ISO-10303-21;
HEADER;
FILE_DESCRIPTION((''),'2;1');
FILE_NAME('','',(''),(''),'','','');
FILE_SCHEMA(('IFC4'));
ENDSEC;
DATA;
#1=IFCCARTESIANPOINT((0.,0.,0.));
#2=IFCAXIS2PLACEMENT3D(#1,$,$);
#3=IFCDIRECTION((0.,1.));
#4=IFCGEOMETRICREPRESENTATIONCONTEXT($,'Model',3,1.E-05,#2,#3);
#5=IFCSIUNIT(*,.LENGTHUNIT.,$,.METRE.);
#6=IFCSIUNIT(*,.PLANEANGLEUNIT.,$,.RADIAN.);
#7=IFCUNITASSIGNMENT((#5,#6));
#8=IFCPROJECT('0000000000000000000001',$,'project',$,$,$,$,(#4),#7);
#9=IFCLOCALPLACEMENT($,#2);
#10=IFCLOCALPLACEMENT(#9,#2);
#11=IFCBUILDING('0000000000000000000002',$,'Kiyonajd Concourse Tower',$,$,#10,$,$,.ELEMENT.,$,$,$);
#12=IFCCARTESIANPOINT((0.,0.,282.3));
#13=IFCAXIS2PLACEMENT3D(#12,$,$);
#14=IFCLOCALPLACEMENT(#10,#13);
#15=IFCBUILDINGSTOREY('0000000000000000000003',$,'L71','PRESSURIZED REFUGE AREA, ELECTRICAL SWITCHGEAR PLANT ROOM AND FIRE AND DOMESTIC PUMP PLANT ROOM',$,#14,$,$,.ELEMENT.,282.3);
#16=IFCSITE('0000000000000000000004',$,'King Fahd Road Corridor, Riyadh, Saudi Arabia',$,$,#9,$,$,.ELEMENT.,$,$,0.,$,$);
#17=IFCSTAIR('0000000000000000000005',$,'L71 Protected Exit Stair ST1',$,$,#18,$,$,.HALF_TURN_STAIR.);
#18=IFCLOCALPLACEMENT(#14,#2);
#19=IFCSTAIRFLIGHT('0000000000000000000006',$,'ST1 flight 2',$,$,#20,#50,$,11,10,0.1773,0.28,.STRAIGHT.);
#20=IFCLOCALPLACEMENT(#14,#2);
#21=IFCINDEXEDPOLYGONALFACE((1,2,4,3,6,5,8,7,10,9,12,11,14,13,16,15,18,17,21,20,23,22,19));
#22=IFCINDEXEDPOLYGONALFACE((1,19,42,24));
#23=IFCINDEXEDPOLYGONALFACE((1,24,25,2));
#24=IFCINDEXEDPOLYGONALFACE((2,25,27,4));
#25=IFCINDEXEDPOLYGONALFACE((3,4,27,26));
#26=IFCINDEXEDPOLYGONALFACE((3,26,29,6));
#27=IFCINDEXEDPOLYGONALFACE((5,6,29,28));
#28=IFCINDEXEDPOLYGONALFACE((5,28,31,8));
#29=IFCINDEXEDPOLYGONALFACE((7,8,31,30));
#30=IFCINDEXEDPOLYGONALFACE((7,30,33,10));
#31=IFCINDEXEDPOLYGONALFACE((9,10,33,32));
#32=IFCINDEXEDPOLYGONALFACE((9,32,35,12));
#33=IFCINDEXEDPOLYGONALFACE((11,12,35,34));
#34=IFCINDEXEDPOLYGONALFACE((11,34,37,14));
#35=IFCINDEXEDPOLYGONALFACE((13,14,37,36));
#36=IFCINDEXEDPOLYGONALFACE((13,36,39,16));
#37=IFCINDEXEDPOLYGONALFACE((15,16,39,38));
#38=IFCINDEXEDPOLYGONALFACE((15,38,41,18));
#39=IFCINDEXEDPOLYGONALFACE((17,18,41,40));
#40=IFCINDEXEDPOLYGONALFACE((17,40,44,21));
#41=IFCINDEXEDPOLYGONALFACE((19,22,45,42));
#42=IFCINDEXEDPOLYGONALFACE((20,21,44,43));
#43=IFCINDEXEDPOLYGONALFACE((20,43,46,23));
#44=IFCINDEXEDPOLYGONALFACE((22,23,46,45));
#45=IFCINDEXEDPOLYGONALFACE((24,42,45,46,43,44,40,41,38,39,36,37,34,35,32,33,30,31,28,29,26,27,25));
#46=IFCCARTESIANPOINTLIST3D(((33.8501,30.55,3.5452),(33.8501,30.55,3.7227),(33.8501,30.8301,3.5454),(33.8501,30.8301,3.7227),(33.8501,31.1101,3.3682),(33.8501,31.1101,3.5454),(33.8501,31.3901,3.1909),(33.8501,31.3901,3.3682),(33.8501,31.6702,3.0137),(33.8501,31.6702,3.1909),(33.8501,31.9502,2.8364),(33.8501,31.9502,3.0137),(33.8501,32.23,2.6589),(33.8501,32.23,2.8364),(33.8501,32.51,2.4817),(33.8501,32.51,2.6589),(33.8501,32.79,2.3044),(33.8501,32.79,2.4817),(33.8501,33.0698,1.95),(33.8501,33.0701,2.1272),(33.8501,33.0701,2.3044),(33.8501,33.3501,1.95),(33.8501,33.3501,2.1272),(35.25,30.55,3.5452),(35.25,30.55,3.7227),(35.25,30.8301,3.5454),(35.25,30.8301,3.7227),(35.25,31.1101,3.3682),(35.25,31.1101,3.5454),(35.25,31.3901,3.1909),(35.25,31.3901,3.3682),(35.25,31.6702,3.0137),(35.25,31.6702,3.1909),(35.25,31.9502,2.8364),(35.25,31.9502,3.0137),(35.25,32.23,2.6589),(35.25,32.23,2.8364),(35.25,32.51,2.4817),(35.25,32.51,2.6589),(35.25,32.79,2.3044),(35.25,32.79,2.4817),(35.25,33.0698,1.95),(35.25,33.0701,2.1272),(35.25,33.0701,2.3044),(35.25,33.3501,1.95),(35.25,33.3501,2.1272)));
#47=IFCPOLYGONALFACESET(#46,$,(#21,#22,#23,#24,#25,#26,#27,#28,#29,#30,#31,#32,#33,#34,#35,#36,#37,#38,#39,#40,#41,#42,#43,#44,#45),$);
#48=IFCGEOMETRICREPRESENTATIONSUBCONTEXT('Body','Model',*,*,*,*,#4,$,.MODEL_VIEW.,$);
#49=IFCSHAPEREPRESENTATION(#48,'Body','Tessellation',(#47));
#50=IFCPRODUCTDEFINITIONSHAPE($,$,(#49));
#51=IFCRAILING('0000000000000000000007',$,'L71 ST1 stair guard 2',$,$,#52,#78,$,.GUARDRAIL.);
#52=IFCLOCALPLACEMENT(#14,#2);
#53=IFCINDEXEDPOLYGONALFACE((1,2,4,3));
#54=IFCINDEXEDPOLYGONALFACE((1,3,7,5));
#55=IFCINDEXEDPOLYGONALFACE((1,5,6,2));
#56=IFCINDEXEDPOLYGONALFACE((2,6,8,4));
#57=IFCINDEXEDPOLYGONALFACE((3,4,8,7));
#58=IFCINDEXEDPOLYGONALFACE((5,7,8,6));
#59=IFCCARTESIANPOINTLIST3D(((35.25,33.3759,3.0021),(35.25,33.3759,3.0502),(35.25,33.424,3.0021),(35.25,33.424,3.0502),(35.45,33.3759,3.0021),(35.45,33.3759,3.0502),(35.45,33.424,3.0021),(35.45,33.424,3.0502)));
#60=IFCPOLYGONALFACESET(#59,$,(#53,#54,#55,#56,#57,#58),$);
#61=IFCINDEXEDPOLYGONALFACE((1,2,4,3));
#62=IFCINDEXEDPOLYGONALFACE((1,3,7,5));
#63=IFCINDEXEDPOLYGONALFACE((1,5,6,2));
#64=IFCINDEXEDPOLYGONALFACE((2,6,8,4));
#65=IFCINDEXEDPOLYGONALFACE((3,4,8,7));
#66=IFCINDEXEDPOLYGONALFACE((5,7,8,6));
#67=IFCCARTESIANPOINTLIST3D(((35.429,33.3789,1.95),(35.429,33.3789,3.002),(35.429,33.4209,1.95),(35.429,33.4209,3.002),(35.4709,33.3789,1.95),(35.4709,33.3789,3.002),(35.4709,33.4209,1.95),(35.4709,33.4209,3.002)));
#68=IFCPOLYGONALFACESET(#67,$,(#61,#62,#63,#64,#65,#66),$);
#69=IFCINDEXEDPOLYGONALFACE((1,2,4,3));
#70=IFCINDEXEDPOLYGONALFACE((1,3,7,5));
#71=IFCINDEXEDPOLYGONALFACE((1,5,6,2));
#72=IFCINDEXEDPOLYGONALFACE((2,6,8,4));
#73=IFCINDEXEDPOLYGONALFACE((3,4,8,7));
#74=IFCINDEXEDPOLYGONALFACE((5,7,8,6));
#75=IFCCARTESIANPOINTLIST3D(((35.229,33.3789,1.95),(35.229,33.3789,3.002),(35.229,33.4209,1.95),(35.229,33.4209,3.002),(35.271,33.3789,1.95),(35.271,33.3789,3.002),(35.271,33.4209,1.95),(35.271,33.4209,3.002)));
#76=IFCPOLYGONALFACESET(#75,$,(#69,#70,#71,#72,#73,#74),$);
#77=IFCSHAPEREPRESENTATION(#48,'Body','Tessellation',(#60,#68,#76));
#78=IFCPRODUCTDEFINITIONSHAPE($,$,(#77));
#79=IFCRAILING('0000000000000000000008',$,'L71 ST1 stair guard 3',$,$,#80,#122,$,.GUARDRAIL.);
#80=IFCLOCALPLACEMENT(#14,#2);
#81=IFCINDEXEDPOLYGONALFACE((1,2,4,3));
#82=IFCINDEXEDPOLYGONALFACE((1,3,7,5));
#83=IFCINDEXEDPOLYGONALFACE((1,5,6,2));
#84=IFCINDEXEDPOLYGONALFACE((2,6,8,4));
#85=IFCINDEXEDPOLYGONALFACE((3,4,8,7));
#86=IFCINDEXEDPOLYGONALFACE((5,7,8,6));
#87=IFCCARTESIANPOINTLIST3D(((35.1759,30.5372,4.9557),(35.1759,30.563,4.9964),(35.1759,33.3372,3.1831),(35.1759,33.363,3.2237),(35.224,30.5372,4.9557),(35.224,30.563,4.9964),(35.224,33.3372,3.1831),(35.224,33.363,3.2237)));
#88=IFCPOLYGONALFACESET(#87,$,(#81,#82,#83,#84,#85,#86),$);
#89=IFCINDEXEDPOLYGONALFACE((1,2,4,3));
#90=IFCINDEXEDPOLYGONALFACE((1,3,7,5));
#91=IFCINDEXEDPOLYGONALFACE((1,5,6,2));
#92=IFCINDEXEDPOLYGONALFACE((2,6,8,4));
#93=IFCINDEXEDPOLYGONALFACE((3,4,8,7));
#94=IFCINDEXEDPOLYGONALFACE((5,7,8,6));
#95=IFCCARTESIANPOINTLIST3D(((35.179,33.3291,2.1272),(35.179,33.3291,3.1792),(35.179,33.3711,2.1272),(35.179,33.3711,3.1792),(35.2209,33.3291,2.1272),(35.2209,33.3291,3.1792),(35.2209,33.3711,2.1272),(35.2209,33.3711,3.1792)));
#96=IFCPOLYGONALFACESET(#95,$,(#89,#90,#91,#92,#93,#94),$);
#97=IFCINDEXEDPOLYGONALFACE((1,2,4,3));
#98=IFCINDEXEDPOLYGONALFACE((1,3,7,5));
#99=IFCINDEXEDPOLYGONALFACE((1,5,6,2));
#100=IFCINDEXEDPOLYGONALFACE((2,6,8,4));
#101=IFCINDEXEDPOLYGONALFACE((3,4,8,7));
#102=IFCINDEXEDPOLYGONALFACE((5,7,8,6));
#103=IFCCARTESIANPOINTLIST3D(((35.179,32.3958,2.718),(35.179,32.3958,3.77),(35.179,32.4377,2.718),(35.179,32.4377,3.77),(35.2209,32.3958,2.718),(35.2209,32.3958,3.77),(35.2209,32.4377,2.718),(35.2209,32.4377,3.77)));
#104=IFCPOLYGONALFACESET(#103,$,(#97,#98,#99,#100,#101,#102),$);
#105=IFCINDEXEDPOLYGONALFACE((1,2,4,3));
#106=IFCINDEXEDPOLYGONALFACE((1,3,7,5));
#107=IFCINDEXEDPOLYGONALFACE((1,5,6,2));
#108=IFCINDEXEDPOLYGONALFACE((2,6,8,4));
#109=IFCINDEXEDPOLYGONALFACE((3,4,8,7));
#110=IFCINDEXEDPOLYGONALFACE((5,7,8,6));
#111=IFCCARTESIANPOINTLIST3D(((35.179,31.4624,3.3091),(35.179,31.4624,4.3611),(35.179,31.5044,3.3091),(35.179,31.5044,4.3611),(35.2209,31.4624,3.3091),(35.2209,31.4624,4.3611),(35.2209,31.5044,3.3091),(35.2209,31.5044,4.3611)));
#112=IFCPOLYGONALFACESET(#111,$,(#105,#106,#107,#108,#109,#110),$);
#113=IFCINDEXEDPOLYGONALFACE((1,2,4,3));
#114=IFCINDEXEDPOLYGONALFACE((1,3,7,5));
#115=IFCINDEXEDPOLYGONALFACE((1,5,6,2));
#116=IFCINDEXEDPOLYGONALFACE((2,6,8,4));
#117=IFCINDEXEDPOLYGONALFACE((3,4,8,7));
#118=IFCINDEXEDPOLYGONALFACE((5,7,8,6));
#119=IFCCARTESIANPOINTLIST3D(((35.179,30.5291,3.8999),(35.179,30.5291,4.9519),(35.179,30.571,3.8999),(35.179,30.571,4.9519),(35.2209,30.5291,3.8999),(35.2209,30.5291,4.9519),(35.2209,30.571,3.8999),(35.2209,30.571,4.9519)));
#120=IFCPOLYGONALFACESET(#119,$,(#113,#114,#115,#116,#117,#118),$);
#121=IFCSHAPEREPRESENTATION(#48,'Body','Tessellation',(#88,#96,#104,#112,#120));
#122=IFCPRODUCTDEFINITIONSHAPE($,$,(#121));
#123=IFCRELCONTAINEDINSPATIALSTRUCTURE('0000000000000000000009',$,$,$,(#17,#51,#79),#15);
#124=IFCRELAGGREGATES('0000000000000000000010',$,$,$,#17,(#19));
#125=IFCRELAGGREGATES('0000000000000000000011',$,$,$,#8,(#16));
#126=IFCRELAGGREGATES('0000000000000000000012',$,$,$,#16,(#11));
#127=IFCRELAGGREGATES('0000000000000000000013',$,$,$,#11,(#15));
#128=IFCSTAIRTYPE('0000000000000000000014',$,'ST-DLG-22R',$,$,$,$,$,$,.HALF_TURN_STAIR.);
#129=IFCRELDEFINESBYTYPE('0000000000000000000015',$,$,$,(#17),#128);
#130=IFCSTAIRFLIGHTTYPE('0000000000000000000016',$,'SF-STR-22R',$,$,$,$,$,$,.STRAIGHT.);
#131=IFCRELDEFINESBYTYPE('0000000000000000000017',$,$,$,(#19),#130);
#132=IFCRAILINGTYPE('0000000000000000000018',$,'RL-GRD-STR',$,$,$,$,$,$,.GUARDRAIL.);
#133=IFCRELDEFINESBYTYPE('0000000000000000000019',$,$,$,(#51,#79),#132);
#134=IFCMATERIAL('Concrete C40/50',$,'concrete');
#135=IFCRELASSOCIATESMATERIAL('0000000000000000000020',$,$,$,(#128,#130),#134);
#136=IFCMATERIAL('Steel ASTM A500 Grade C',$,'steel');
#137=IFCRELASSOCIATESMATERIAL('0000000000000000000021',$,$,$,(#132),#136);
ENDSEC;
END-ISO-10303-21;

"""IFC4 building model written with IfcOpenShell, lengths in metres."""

from ifc_helpers import new_model, si_unit, direction, frame, origin, origin_2d, place, context, subcontext, project, spatial, polyline, rectangle, outline, extrude, material, type_object, element, aggregate, save


model = new_model("IFC4")

# Units and contexts
model_context = context("Model", 3, precision=1e-05, world=origin(), true_north=direction((0.0, 1.0)))
body_context = subcontext(model_context, "Body", "Model", "MODEL_VIEW")
ifc_project = project(units=[si_unit("LENGTHUNIT", "METRE"), si_unit("PLANEANGLEUNIT", "RADIAN")], contexts=[model_context])

# Site, building, storey
site_placement = place(None, origin())
site = spatial("IfcSite", under=ifc_project, at=site_placement, Name="King Fahd Road Corridor, Riyadh, Saudi Arabia", CompositionType="ELEMENT", RefElevation=0.0)
building_placement = place(site_placement, origin())
building = spatial("IfcBuilding", under=site, at=building_placement, Name="Kiyonajd Concourse Tower", CompositionType="ELEMENT")
storey_placement = place(building_placement, frame((0.0, 0.0, 282.3)))
storey = spatial("IfcBuildingStorey", under=building, at=storey_placement, Name="L71", Description="PRESSURIZED REFUGE AREA, ELECTRICAL SWITCHGEAR PLANT ROOM AND FIRE AND DOMESTIC PUMP PLANT ROOM", CompositionType="ELEMENT", Elevation=282.3)

# Stair, stair flight
ifc_material_1 = material(Name="Concrete C40/50", Category="concrete")
stair_type = type_object("IfcStairType", Name="ST-DLG-22R", PredefinedType="HALF_TURN_STAIR", material=ifc_material_1)
stair_placement = place(storey_placement, origin())
stair = element("IfcStair", 1, at=stair_placement, inside=storey, type_object=stair_type, Name="L71 Protected Exit Stair ST1", PredefinedType="HALF_TURN_STAIR")
stair_flight_type = type_object("IfcStairFlightType", Name="SF-STR-22R", PredefinedType="STRAIGHT", material=ifc_material_1)
stair_flight_placement = place(storey_placement, frame((34.55, 33.3501, 1.95), z_axis=(0.0, 0.0, 1.0), x_axis=(0.0, -1.0, 0.0)))
stair_flight = element("IfcStairFlight", 2, at=stair_flight_placement, type_object=stair_flight_type, Name="ST1 flight 2", NumberOfRisers=11, NumberOfTreads=10, PredefinedType="STRAIGHT", RiserHeight=0.1773, TreadLength=0.28, context=body_context, shape_type="SweptSolid", body=[
    extrude(outline(polyline([(0.0, 0.0), (0.0, 0.1772), (0.28, 0.1772), (0.28, 0.3545), (0.5601, 0.3545), (0.5601, 0.5317), (0.8401, 0.5317), (0.8401, 0.709), (1.1201, 0.709), (1.1201, 0.8865), (1.3999, 0.8865), (1.3999, 1.0637), (1.6799, 1.0637), (1.6799, 1.241), (1.96, 1.241), (1.96, 1.4182), (2.24, 1.4182), (2.24, 1.5955), (2.52, 1.5955), (2.52, 1.7727), (2.8, 1.7727), (2.8, 1.95), (2.8, 1.5952), (0.2803, 0.0), (0.0, 0.0)])), frame((0.0, 0.7, 0.0), z_axis=(0.0, -1.0, 0.0), x_axis=(1.0, 0.0, 0.0)), (0.0, 0.0, 1.0), 1.3999),
])
aggregate(stair, [stair_flight])

# Railings
ifc_material_2 = material(Name="Steel ASTM A500 Grade C", Category="steel")
railing_type = type_object("IfcRailingType", Name="RL-GRD-STR", PredefinedType="GUARDRAIL", material=ifc_material_2)
railing_1_placement = place(storey_placement, frame((35.45, 33.3999, 1.95)))
element("IfcRailing", 3, at=railing_1_placement, inside=storey, type_object=railing_type, Name="L71 ST1 stair guard 2", PredefinedType="GUARDRAIL", context=body_context, shape_type="SweptSolid", body=[
    extrude(rectangle(XDim=0.0481, YDim=0.0481, at=origin_2d()), frame((0.0, 0.0, 1.0762), z_axis=(-1.0, 0.0, 0.0), x_axis=(0.0, -1.0, 0.0)), (0.0, 0.0, 1.0), 0.2),
    extrude(rectangle(XDim=0.042, YDim=0.042, at=origin_2d()), origin(), (0.0, 0.0, 1.0), 1.052),
    extrude(rectangle(XDim=0.042, YDim=0.042, at=origin_2d()), frame((-0.2, 0.0, 0.0)), (0.0, 0.0, 1.0), 1.052),
])
railing_2_placement = place(storey_placement, frame((35.2, 33.3501, 2.1272)))
element("IfcRailing", 4, at=railing_2_placement, inside=storey, type_object=railing_type, Name="L71 ST1 stair guard 3", PredefinedType="GUARDRAIL", context=body_context, shape_type="SweptSolid", body=[
    extrude(rectangle(XDim=0.0481, YDim=0.0481, at=origin_2d()), frame((0.0, 0.0, 1.0762), z_axis=(0.0, -0.844909, 0.53491), x_axis=(1.0, 0.0, 0.0)), (0.0, 0.0, 1.0), 3.314),
    extrude(rectangle(XDim=0.042, YDim=0.042, at=origin_2d()), origin(), (0.0, 0.0, 1.0), 1.052),
    extrude(rectangle(XDim=0.042, YDim=0.042, at=origin_2d()), frame((0.0, -0.9333, 0.5908)), (0.0, 0.0, 1.0), 1.052),
    extrude(rectangle(XDim=0.042, YDim=0.042, at=origin_2d()), frame((0.0, -1.8667, 1.1819)), (0.0, 0.0, 1.0), 1.052),
    extrude(rectangle(XDim=0.042, YDim=0.042, at=origin_2d()), frame((0.0, -2.8, 1.7727)), (0.0, 0.0, 1.0), 1.052),
])

save(model, "model.ifc")
